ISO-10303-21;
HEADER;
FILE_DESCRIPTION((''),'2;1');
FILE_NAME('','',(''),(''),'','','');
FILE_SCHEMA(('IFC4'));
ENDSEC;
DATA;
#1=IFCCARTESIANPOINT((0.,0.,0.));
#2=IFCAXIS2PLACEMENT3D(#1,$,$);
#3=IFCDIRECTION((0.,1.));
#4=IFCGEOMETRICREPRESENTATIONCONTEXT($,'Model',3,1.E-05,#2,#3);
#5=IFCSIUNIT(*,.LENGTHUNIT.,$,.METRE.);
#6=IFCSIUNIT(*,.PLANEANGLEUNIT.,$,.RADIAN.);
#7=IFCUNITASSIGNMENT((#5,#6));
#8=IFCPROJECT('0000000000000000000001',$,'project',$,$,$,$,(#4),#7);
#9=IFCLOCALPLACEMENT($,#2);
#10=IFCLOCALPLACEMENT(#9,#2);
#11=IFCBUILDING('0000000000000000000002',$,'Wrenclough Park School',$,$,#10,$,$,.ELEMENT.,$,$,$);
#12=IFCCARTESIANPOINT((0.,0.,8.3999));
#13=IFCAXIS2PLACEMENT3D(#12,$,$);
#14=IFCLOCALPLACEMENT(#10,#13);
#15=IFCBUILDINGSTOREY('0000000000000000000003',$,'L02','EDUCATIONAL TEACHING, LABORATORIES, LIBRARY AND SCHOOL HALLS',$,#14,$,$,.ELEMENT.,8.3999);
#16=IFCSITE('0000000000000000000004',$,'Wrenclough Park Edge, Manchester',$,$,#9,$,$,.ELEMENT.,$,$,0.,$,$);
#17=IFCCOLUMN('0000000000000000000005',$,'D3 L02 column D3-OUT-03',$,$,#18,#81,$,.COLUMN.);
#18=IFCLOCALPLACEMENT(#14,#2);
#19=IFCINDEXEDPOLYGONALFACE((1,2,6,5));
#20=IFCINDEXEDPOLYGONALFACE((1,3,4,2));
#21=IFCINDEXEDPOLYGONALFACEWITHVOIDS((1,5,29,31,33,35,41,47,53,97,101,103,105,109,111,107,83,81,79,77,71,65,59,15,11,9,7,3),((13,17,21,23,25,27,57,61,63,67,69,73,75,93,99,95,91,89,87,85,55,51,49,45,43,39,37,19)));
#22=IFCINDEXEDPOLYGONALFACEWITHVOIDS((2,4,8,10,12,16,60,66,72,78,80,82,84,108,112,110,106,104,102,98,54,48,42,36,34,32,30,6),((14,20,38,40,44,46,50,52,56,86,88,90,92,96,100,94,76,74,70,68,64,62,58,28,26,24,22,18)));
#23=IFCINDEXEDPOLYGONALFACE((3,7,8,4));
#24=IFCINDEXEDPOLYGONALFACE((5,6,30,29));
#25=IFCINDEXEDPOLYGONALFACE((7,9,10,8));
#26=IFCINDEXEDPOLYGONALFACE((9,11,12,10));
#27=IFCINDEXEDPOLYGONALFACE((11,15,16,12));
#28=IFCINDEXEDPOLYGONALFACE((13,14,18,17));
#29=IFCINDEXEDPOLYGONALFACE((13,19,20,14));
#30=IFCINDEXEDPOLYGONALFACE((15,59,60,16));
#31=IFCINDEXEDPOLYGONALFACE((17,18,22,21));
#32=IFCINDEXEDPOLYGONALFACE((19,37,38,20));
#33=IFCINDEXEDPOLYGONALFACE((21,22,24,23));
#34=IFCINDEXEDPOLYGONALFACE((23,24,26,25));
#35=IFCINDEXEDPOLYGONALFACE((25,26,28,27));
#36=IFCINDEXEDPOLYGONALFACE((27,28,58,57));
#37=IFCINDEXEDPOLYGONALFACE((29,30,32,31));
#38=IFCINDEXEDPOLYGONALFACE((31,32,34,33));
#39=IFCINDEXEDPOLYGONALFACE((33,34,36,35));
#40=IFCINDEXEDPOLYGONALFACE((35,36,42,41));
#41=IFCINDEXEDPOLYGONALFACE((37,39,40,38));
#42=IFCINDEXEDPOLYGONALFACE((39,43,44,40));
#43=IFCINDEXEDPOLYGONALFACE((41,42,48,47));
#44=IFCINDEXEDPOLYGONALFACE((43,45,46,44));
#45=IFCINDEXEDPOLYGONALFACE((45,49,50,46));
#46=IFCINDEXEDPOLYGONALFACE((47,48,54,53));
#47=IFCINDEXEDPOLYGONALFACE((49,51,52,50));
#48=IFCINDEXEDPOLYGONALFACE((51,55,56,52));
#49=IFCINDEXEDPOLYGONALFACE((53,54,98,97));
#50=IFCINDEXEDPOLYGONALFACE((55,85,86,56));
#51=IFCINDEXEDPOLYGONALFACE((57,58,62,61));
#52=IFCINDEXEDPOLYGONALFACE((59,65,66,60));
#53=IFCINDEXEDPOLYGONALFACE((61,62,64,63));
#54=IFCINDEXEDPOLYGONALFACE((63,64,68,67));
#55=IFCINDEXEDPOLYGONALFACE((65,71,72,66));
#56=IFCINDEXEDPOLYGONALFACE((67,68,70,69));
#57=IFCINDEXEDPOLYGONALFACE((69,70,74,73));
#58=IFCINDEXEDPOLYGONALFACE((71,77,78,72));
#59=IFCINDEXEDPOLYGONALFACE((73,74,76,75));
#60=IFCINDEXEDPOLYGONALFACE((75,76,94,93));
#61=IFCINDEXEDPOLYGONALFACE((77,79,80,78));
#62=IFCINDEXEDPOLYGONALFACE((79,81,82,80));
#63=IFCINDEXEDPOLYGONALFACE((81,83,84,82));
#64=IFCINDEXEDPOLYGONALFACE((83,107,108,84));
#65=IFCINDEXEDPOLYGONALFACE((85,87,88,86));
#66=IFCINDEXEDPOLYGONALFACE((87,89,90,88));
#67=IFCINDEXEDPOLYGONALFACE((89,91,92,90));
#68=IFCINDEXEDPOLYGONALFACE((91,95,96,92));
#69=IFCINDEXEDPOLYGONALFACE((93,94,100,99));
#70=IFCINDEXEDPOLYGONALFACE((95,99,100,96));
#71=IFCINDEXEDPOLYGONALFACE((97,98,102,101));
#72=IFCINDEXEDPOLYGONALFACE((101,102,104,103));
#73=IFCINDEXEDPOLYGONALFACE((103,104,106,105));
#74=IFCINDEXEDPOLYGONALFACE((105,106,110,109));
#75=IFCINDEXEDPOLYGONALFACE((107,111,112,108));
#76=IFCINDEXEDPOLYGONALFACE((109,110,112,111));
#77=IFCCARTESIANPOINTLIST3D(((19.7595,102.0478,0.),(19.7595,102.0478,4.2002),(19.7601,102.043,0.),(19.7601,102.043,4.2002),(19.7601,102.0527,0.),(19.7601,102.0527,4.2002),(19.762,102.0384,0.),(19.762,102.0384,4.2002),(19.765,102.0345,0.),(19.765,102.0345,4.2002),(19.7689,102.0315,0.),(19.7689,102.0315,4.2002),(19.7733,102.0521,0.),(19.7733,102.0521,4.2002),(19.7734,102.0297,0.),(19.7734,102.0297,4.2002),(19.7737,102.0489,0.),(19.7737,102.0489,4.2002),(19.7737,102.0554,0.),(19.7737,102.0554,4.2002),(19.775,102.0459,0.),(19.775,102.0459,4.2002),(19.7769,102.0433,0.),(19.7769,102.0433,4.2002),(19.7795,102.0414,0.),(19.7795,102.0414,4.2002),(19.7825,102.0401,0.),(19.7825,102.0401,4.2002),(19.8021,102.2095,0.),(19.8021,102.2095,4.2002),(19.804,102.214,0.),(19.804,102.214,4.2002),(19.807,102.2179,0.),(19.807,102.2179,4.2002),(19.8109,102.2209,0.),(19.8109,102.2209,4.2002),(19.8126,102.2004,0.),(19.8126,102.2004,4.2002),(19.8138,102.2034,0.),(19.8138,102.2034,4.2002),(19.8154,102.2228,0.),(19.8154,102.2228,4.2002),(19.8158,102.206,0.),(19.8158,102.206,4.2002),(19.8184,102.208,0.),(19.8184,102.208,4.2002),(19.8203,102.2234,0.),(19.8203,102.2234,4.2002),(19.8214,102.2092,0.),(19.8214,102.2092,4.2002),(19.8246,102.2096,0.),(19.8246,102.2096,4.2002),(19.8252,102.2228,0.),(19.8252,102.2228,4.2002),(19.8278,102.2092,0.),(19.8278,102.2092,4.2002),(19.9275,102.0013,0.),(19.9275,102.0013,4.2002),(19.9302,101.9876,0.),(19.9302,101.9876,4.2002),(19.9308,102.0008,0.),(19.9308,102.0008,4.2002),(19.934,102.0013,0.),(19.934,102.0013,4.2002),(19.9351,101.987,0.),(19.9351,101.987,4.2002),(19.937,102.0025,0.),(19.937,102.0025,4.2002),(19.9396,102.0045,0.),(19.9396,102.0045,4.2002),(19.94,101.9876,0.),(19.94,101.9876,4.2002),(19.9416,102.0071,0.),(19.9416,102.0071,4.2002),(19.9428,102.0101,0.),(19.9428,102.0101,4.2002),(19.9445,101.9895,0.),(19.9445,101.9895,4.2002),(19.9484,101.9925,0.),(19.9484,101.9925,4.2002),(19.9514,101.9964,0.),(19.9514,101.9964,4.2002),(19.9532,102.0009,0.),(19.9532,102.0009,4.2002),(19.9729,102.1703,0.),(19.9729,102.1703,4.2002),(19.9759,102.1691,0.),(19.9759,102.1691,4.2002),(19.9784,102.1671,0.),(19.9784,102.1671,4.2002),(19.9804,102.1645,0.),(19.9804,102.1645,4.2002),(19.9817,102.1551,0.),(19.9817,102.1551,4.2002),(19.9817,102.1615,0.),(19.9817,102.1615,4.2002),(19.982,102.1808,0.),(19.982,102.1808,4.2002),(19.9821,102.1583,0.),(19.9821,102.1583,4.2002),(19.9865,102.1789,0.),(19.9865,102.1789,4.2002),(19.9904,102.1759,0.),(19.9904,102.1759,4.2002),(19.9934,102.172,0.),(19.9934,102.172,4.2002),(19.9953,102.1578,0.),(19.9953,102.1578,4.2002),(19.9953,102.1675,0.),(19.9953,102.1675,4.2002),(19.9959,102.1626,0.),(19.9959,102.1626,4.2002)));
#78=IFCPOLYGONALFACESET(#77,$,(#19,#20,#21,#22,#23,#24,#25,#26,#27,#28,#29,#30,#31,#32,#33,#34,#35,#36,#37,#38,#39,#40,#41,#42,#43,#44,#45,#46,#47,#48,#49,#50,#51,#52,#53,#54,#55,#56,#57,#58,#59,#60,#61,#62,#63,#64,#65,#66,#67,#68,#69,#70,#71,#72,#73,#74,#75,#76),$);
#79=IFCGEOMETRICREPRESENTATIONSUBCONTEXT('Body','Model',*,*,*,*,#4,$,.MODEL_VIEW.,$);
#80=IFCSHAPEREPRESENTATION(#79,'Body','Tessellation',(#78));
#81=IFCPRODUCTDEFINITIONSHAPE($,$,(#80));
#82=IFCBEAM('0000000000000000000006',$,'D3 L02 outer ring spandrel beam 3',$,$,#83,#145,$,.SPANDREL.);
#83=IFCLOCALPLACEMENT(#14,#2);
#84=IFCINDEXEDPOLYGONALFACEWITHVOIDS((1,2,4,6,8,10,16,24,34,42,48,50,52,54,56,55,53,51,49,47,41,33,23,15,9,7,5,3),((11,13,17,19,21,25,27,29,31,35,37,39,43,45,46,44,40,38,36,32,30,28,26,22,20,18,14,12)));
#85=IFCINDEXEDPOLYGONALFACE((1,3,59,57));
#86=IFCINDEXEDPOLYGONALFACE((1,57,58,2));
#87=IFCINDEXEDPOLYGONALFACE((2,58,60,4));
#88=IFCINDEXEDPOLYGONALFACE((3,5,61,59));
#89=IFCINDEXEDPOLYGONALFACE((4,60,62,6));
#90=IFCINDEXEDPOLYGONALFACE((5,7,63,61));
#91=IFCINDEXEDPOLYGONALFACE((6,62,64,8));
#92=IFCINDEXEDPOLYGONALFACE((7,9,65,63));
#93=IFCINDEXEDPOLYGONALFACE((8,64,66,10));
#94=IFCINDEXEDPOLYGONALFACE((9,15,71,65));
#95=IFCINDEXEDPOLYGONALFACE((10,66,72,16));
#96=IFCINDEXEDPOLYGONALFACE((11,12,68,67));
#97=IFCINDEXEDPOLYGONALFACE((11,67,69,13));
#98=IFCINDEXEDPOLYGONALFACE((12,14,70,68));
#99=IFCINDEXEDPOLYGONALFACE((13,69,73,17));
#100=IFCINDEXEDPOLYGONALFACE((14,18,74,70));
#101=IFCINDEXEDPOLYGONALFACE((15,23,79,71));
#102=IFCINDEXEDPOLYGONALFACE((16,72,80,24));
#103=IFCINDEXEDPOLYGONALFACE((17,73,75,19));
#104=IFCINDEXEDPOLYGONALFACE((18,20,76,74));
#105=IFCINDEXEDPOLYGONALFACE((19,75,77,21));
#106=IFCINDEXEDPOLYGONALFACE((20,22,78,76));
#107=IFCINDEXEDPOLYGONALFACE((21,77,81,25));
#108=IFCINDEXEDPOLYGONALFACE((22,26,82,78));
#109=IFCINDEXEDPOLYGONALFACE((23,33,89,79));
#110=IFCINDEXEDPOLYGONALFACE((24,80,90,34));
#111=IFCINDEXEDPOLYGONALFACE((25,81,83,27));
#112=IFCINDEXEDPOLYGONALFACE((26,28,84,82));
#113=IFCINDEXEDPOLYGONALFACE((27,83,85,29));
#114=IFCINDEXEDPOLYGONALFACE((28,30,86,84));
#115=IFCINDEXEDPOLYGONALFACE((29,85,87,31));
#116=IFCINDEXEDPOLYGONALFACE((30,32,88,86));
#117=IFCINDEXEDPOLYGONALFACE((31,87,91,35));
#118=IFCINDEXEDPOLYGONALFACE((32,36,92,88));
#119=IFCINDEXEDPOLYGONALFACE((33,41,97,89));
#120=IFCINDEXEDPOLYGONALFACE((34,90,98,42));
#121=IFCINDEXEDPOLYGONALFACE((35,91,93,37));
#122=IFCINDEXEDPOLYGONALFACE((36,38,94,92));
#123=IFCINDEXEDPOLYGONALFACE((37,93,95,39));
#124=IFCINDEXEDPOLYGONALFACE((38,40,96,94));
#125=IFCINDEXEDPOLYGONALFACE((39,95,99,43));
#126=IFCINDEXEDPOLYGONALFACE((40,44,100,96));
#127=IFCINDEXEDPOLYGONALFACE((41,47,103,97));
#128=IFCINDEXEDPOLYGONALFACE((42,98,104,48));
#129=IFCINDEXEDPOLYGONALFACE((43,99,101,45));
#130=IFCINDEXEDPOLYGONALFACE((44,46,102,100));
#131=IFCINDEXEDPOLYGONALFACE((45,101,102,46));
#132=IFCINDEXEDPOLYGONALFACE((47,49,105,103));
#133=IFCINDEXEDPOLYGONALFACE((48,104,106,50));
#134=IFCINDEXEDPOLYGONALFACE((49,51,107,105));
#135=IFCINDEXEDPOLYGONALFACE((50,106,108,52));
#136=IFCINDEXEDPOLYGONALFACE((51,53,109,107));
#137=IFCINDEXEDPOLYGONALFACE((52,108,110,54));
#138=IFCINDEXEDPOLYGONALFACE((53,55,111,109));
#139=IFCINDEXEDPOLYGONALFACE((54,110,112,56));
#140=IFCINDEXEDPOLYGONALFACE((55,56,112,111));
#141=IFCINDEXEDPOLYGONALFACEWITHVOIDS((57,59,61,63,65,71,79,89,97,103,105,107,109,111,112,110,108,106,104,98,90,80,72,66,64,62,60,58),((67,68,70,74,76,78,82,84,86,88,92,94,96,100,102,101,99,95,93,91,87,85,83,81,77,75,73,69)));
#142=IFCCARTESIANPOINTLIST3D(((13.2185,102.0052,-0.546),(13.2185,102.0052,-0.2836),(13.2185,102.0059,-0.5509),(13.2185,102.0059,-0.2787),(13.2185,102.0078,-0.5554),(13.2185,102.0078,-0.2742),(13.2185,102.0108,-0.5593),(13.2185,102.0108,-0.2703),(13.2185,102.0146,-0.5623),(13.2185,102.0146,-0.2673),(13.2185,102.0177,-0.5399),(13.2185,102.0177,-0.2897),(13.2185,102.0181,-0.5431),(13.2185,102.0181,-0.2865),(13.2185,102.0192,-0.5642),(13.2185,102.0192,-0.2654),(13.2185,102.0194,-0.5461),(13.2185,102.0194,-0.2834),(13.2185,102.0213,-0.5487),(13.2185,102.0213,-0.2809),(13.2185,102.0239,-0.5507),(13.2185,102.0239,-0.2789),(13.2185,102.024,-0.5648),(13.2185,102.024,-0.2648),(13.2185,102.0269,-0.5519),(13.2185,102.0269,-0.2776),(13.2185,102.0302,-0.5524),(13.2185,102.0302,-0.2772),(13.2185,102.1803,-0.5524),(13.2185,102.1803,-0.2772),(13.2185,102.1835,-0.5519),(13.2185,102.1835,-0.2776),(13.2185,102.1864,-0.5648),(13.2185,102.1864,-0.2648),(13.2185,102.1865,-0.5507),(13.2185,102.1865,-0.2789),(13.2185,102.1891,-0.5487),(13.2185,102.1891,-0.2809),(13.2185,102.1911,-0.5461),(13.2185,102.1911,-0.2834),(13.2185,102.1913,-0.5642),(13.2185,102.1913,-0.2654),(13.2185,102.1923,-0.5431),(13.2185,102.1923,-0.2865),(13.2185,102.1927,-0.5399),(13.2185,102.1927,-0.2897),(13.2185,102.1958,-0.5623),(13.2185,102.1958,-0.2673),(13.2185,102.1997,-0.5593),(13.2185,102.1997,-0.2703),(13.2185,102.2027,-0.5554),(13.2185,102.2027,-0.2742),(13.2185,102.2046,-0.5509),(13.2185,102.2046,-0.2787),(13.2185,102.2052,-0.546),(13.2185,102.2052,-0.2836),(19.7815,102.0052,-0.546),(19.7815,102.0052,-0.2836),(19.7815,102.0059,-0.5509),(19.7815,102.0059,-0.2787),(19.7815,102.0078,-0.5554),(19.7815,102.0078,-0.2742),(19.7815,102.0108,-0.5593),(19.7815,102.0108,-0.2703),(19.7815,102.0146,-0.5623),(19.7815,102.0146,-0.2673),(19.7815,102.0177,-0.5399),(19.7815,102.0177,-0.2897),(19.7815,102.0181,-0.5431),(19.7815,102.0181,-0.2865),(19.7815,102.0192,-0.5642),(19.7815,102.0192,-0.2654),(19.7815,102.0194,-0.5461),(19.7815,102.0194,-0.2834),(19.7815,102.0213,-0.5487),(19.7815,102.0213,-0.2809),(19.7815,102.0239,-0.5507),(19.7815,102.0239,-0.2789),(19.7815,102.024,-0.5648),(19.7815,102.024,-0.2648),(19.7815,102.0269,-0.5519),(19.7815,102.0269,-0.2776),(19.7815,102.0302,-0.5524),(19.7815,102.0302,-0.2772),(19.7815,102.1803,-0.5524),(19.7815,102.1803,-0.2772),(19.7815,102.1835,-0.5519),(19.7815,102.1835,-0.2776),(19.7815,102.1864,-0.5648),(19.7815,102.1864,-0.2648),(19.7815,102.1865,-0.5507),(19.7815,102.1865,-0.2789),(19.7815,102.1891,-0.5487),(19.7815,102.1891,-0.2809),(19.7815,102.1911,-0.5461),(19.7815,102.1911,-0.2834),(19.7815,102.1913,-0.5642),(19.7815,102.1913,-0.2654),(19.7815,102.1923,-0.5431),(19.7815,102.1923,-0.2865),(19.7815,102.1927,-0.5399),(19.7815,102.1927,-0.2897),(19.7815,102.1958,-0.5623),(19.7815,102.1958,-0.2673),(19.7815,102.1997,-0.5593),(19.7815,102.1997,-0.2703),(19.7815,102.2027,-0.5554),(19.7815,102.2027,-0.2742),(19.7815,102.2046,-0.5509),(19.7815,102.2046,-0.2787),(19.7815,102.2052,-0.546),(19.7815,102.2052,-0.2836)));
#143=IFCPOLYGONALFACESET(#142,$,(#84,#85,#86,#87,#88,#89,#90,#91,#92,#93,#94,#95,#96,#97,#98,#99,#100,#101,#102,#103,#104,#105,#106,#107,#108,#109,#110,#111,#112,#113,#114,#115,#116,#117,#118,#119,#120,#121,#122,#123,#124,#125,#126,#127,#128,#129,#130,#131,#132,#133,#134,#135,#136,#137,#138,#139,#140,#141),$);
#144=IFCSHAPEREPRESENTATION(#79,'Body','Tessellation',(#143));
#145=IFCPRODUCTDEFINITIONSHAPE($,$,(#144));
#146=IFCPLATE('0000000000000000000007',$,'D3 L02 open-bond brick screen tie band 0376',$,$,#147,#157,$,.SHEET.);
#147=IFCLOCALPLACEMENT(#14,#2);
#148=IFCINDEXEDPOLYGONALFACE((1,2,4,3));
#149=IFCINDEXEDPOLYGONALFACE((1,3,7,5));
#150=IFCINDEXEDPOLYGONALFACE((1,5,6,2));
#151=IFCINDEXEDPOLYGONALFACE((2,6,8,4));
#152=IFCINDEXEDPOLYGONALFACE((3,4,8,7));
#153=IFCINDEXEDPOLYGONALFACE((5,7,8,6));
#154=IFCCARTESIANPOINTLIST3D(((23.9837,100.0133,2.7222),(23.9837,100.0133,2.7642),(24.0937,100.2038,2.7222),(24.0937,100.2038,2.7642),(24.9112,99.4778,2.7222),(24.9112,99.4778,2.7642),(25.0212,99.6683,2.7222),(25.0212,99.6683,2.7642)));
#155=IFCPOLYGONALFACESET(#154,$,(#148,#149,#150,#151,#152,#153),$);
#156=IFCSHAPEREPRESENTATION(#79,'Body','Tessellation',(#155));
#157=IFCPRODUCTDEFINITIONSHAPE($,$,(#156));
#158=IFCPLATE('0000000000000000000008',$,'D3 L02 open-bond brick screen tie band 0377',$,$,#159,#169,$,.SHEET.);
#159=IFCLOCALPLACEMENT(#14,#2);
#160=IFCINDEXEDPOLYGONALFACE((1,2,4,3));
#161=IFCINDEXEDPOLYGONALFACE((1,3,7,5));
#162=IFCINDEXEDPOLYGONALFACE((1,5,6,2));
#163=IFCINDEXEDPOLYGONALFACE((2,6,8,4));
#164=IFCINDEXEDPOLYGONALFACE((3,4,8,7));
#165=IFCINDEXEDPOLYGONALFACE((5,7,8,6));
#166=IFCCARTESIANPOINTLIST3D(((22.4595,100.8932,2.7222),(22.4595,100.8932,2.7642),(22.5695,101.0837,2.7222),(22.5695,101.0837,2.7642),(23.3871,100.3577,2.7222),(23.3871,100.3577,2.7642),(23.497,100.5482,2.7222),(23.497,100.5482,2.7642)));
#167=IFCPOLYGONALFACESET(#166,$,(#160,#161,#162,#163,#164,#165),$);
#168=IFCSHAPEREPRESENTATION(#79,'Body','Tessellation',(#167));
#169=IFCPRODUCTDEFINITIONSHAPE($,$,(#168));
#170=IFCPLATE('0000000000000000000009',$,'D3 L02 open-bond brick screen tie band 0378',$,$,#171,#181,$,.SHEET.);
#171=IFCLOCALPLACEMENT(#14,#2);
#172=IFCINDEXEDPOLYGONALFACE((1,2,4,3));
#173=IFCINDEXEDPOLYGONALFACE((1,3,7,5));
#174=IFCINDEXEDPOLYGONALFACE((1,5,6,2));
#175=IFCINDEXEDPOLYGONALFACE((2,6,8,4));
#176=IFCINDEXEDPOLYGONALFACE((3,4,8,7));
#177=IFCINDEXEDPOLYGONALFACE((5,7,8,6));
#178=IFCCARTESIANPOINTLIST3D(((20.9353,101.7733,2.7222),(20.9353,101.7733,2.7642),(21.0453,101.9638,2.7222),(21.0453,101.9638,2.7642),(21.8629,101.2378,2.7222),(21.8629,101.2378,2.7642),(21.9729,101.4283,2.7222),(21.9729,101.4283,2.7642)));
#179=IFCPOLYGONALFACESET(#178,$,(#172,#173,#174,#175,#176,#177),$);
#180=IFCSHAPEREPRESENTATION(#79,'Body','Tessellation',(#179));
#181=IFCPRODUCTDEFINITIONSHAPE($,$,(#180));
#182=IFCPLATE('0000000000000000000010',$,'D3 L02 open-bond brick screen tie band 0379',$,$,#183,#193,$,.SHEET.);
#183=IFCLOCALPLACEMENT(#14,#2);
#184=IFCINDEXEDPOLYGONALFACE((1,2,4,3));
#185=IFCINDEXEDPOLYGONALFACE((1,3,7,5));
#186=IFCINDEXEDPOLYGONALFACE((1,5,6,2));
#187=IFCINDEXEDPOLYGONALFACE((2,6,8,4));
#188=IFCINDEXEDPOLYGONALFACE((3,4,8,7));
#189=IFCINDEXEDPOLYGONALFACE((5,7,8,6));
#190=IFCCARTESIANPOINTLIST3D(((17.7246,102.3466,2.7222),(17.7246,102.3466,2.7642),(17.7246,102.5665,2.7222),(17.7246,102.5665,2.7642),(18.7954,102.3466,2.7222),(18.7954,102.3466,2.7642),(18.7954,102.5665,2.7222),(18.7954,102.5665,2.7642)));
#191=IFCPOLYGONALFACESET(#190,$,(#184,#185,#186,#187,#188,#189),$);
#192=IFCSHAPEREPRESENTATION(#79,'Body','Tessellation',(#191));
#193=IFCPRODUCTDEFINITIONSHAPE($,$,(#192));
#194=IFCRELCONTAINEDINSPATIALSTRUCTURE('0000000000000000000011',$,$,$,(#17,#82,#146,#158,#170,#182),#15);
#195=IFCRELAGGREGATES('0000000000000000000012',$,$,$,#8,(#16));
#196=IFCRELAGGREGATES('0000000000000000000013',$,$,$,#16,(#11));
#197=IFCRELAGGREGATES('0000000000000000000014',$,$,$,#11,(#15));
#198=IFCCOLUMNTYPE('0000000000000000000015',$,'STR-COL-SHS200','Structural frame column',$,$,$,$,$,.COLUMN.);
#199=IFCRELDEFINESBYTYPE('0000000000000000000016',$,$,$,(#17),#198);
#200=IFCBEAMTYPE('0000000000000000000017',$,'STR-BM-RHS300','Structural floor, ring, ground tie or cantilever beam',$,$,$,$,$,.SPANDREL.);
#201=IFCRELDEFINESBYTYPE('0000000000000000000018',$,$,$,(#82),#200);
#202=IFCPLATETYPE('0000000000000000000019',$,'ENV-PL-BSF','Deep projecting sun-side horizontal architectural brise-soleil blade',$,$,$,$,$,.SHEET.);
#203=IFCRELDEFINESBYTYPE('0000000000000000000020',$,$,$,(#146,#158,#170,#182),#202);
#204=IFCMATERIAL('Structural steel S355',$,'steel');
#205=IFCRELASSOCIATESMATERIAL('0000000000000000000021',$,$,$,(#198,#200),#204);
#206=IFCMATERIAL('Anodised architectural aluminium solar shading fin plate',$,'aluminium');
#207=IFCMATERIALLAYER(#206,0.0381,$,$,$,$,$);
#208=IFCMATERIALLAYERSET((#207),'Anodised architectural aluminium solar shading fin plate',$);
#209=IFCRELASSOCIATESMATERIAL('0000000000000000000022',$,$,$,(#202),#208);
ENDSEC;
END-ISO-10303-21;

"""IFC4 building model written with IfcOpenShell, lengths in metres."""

from ifc_helpers import new_model, si_unit, direction, frame, origin, origin_2d, place, context, subcontext, project, spatial, rectangle, hollow_rectangle, extrude, material, layer, layer_set, material_profile, profile_set, type_object, element, save


model = new_model("IFC4")

# Units and contexts
model_context = context("Model", 3, precision=1e-05, world=origin(), true_north=direction((0.0, 1.0)))
body_context = subcontext(model_context, "Body", "Model", "MODEL_VIEW")
ifc_project = project(units=[si_unit("LENGTHUNIT", "METRE"), si_unit("PLANEANGLEUNIT", "RADIAN")], contexts=[model_context])

# Site, building, storey
site_placement = place(None, origin())
site = spatial("IfcSite", under=ifc_project, at=site_placement, Name="Wrenclough Park Edge, Manchester", CompositionType="ELEMENT", RefElevation=0.0)
building_placement = place(site_placement, origin())
building = spatial("IfcBuilding", under=site, at=building_placement, Name="Wrenclough Park School", CompositionType="ELEMENT")
storey_placement = place(building_placement, frame((0.0, 0.0, 8.3999)))
storey = spatial("IfcBuildingStorey", under=building, at=storey_placement, Name="L02", Description="EDUCATIONAL TEACHING, LABORATORIES, LIBRARY AND SCHOOL HALLS", CompositionType="ELEMENT", Elevation=8.3999)

# Column
ifc_material_1 = material(Name="Structural steel S355", Category="steel")
ifc_material_profile_1 = material_profile(ifc_material_1, hollow_rectangle(XDim=0.2, YDim=0.2, WallThickness=0.0125, InnerFilletRadius=0.0125, OuterFilletRadius=0.0188, at=origin_2d()), Name="SHS 200x200x12.5")
ifc_profile_set_1 = profile_set([ifc_material_profile_1], Name="Structural steel S355")
column_type = type_object("IfcColumnType", Name="STR-COL-SHS200", Description="Structural frame column", PredefinedType="COLUMN", material=ifc_profile_set_1)
column_placement = place(storey_placement, frame((19.8777, 102.1052, 0.0), z_axis=(0.0, 0.0, 1.0), x_axis=(-0.965926, 0.258819, 0.0)))
element("IfcColumn", 1, at=column_placement, inside=storey, type_object=column_type, Name="D3 L02 column D3-OUT-03", PredefinedType="COLUMN", context=body_context, shape_type="SweptSolid", body=[
    extrude(hollow_rectangle(XDim=0.2, YDim=0.2, WallThickness=0.0125, InnerFilletRadius=0.0125, OuterFilletRadius=0.0188, at=origin_2d()), origin(), (0.0, 0.0, 1.0), 4.2002),
])

# Beam
ifc_material_profile_2 = material_profile(ifc_material_1, hollow_rectangle(XDim=0.2, YDim=0.3, WallThickness=0.0125, InnerFilletRadius=0.0125, OuterFilletRadius=0.0188, at=origin_2d()), Name="RHS 300x200x12.5")
ifc_profile_set_2 = profile_set([ifc_material_profile_2], Name="Structural steel S355")
beam_type = type_object("IfcBeamType", Name="STR-BM-RHS300", Description="Structural floor, ring, ground tie or cantilever beam", PredefinedType="SPANDREL", material=ifc_profile_set_2)
beam_placement = place(storey_placement, frame((19.7815, 102.1052, -0.4148), z_axis=(-1.0, 0.0, 0.0), x_axis=(0.0, -1.0, 0.0)))
element("IfcBeam", 2, at=beam_placement, inside=storey, type_object=beam_type, Name="D3 L02 outer ring spandrel beam 3", PredefinedType="SPANDREL", context=body_context, shape_type="SweptSolid", body=[
    extrude(hollow_rectangle(XDim=0.2, YDim=0.3, WallThickness=0.0125, InnerFilletRadius=0.0125, OuterFilletRadius=0.0188, at=origin_2d()), origin(), (0.0, 0.0, 1.0), 6.563),
])

# Plates
ifc_material_2 = material(Name="Anodised architectural aluminium solar shading fin plate", Category="aluminium")
ifc_layer_1 = layer(ifc_material_2, 0.0381)
ifc_layer_set_1 = layer_set([ifc_layer_1], Name="Anodised architectural aluminium solar shading fin plate")
plate_type = type_object("IfcPlateType", Name="ENV-PL-BSF", Description="Deep projecting sun-side horizontal architectural brise-soleil blade", PredefinedType="SHEET", material=ifc_layer_set_1)
for number, where, z_axis, x_axis, name in (
    (3, (24.5024, 99.8408, 2.7222), (0.0, 0.0, 1.0), (-0.866031, 0.499991, 0.0), "D3 L02 open-bond brick screen tie band 0376"),
    (4, (22.9783, 100.7207, 2.7222), (0.0, 0.0, 1.0), (-0.866031, 0.499991, 0.0), "D3 L02 open-bond brick screen tie band 0377"),
    (5, (21.4541, 101.6008, 2.7222), (0.0, 0.0, 1.0), (-0.866031, 0.499991, 0.0), "D3 L02 open-bond brick screen tie band 0378"),
):
    element("IfcPlate", number, at=place(storey_placement, frame(where, z_axis=z_axis, x_axis=x_axis)), inside=storey, type_object=plate_type, Name=name, PredefinedType="SHEET", context=body_context, shape_type="SweptSolid", body=[
        extrude(rectangle(XDim=1.071, YDim=0.22, at=origin_2d()), origin(), (0.0, 0.0, 1.0), 0.042),
    ])
plate_placement = place(storey_placement, frame((18.26, 102.4565, 2.7222), z_axis=(0.0, 0.0, 1.0), x_axis=(-1.0, 0.0, 0.0)))
element("IfcPlate", 6, at=plate_placement, inside=storey, type_object=plate_type, Name="D3 L02 open-bond brick screen tie band 0379", PredefinedType="SHEET", context=body_context, shape_type="SweptSolid", body=[
    extrude(rectangle(XDim=1.0708, YDim=0.22, at=origin_2d()), origin(), (0.0, 0.0, 1.0), 0.042),
])

save(model, "model.ifc")
